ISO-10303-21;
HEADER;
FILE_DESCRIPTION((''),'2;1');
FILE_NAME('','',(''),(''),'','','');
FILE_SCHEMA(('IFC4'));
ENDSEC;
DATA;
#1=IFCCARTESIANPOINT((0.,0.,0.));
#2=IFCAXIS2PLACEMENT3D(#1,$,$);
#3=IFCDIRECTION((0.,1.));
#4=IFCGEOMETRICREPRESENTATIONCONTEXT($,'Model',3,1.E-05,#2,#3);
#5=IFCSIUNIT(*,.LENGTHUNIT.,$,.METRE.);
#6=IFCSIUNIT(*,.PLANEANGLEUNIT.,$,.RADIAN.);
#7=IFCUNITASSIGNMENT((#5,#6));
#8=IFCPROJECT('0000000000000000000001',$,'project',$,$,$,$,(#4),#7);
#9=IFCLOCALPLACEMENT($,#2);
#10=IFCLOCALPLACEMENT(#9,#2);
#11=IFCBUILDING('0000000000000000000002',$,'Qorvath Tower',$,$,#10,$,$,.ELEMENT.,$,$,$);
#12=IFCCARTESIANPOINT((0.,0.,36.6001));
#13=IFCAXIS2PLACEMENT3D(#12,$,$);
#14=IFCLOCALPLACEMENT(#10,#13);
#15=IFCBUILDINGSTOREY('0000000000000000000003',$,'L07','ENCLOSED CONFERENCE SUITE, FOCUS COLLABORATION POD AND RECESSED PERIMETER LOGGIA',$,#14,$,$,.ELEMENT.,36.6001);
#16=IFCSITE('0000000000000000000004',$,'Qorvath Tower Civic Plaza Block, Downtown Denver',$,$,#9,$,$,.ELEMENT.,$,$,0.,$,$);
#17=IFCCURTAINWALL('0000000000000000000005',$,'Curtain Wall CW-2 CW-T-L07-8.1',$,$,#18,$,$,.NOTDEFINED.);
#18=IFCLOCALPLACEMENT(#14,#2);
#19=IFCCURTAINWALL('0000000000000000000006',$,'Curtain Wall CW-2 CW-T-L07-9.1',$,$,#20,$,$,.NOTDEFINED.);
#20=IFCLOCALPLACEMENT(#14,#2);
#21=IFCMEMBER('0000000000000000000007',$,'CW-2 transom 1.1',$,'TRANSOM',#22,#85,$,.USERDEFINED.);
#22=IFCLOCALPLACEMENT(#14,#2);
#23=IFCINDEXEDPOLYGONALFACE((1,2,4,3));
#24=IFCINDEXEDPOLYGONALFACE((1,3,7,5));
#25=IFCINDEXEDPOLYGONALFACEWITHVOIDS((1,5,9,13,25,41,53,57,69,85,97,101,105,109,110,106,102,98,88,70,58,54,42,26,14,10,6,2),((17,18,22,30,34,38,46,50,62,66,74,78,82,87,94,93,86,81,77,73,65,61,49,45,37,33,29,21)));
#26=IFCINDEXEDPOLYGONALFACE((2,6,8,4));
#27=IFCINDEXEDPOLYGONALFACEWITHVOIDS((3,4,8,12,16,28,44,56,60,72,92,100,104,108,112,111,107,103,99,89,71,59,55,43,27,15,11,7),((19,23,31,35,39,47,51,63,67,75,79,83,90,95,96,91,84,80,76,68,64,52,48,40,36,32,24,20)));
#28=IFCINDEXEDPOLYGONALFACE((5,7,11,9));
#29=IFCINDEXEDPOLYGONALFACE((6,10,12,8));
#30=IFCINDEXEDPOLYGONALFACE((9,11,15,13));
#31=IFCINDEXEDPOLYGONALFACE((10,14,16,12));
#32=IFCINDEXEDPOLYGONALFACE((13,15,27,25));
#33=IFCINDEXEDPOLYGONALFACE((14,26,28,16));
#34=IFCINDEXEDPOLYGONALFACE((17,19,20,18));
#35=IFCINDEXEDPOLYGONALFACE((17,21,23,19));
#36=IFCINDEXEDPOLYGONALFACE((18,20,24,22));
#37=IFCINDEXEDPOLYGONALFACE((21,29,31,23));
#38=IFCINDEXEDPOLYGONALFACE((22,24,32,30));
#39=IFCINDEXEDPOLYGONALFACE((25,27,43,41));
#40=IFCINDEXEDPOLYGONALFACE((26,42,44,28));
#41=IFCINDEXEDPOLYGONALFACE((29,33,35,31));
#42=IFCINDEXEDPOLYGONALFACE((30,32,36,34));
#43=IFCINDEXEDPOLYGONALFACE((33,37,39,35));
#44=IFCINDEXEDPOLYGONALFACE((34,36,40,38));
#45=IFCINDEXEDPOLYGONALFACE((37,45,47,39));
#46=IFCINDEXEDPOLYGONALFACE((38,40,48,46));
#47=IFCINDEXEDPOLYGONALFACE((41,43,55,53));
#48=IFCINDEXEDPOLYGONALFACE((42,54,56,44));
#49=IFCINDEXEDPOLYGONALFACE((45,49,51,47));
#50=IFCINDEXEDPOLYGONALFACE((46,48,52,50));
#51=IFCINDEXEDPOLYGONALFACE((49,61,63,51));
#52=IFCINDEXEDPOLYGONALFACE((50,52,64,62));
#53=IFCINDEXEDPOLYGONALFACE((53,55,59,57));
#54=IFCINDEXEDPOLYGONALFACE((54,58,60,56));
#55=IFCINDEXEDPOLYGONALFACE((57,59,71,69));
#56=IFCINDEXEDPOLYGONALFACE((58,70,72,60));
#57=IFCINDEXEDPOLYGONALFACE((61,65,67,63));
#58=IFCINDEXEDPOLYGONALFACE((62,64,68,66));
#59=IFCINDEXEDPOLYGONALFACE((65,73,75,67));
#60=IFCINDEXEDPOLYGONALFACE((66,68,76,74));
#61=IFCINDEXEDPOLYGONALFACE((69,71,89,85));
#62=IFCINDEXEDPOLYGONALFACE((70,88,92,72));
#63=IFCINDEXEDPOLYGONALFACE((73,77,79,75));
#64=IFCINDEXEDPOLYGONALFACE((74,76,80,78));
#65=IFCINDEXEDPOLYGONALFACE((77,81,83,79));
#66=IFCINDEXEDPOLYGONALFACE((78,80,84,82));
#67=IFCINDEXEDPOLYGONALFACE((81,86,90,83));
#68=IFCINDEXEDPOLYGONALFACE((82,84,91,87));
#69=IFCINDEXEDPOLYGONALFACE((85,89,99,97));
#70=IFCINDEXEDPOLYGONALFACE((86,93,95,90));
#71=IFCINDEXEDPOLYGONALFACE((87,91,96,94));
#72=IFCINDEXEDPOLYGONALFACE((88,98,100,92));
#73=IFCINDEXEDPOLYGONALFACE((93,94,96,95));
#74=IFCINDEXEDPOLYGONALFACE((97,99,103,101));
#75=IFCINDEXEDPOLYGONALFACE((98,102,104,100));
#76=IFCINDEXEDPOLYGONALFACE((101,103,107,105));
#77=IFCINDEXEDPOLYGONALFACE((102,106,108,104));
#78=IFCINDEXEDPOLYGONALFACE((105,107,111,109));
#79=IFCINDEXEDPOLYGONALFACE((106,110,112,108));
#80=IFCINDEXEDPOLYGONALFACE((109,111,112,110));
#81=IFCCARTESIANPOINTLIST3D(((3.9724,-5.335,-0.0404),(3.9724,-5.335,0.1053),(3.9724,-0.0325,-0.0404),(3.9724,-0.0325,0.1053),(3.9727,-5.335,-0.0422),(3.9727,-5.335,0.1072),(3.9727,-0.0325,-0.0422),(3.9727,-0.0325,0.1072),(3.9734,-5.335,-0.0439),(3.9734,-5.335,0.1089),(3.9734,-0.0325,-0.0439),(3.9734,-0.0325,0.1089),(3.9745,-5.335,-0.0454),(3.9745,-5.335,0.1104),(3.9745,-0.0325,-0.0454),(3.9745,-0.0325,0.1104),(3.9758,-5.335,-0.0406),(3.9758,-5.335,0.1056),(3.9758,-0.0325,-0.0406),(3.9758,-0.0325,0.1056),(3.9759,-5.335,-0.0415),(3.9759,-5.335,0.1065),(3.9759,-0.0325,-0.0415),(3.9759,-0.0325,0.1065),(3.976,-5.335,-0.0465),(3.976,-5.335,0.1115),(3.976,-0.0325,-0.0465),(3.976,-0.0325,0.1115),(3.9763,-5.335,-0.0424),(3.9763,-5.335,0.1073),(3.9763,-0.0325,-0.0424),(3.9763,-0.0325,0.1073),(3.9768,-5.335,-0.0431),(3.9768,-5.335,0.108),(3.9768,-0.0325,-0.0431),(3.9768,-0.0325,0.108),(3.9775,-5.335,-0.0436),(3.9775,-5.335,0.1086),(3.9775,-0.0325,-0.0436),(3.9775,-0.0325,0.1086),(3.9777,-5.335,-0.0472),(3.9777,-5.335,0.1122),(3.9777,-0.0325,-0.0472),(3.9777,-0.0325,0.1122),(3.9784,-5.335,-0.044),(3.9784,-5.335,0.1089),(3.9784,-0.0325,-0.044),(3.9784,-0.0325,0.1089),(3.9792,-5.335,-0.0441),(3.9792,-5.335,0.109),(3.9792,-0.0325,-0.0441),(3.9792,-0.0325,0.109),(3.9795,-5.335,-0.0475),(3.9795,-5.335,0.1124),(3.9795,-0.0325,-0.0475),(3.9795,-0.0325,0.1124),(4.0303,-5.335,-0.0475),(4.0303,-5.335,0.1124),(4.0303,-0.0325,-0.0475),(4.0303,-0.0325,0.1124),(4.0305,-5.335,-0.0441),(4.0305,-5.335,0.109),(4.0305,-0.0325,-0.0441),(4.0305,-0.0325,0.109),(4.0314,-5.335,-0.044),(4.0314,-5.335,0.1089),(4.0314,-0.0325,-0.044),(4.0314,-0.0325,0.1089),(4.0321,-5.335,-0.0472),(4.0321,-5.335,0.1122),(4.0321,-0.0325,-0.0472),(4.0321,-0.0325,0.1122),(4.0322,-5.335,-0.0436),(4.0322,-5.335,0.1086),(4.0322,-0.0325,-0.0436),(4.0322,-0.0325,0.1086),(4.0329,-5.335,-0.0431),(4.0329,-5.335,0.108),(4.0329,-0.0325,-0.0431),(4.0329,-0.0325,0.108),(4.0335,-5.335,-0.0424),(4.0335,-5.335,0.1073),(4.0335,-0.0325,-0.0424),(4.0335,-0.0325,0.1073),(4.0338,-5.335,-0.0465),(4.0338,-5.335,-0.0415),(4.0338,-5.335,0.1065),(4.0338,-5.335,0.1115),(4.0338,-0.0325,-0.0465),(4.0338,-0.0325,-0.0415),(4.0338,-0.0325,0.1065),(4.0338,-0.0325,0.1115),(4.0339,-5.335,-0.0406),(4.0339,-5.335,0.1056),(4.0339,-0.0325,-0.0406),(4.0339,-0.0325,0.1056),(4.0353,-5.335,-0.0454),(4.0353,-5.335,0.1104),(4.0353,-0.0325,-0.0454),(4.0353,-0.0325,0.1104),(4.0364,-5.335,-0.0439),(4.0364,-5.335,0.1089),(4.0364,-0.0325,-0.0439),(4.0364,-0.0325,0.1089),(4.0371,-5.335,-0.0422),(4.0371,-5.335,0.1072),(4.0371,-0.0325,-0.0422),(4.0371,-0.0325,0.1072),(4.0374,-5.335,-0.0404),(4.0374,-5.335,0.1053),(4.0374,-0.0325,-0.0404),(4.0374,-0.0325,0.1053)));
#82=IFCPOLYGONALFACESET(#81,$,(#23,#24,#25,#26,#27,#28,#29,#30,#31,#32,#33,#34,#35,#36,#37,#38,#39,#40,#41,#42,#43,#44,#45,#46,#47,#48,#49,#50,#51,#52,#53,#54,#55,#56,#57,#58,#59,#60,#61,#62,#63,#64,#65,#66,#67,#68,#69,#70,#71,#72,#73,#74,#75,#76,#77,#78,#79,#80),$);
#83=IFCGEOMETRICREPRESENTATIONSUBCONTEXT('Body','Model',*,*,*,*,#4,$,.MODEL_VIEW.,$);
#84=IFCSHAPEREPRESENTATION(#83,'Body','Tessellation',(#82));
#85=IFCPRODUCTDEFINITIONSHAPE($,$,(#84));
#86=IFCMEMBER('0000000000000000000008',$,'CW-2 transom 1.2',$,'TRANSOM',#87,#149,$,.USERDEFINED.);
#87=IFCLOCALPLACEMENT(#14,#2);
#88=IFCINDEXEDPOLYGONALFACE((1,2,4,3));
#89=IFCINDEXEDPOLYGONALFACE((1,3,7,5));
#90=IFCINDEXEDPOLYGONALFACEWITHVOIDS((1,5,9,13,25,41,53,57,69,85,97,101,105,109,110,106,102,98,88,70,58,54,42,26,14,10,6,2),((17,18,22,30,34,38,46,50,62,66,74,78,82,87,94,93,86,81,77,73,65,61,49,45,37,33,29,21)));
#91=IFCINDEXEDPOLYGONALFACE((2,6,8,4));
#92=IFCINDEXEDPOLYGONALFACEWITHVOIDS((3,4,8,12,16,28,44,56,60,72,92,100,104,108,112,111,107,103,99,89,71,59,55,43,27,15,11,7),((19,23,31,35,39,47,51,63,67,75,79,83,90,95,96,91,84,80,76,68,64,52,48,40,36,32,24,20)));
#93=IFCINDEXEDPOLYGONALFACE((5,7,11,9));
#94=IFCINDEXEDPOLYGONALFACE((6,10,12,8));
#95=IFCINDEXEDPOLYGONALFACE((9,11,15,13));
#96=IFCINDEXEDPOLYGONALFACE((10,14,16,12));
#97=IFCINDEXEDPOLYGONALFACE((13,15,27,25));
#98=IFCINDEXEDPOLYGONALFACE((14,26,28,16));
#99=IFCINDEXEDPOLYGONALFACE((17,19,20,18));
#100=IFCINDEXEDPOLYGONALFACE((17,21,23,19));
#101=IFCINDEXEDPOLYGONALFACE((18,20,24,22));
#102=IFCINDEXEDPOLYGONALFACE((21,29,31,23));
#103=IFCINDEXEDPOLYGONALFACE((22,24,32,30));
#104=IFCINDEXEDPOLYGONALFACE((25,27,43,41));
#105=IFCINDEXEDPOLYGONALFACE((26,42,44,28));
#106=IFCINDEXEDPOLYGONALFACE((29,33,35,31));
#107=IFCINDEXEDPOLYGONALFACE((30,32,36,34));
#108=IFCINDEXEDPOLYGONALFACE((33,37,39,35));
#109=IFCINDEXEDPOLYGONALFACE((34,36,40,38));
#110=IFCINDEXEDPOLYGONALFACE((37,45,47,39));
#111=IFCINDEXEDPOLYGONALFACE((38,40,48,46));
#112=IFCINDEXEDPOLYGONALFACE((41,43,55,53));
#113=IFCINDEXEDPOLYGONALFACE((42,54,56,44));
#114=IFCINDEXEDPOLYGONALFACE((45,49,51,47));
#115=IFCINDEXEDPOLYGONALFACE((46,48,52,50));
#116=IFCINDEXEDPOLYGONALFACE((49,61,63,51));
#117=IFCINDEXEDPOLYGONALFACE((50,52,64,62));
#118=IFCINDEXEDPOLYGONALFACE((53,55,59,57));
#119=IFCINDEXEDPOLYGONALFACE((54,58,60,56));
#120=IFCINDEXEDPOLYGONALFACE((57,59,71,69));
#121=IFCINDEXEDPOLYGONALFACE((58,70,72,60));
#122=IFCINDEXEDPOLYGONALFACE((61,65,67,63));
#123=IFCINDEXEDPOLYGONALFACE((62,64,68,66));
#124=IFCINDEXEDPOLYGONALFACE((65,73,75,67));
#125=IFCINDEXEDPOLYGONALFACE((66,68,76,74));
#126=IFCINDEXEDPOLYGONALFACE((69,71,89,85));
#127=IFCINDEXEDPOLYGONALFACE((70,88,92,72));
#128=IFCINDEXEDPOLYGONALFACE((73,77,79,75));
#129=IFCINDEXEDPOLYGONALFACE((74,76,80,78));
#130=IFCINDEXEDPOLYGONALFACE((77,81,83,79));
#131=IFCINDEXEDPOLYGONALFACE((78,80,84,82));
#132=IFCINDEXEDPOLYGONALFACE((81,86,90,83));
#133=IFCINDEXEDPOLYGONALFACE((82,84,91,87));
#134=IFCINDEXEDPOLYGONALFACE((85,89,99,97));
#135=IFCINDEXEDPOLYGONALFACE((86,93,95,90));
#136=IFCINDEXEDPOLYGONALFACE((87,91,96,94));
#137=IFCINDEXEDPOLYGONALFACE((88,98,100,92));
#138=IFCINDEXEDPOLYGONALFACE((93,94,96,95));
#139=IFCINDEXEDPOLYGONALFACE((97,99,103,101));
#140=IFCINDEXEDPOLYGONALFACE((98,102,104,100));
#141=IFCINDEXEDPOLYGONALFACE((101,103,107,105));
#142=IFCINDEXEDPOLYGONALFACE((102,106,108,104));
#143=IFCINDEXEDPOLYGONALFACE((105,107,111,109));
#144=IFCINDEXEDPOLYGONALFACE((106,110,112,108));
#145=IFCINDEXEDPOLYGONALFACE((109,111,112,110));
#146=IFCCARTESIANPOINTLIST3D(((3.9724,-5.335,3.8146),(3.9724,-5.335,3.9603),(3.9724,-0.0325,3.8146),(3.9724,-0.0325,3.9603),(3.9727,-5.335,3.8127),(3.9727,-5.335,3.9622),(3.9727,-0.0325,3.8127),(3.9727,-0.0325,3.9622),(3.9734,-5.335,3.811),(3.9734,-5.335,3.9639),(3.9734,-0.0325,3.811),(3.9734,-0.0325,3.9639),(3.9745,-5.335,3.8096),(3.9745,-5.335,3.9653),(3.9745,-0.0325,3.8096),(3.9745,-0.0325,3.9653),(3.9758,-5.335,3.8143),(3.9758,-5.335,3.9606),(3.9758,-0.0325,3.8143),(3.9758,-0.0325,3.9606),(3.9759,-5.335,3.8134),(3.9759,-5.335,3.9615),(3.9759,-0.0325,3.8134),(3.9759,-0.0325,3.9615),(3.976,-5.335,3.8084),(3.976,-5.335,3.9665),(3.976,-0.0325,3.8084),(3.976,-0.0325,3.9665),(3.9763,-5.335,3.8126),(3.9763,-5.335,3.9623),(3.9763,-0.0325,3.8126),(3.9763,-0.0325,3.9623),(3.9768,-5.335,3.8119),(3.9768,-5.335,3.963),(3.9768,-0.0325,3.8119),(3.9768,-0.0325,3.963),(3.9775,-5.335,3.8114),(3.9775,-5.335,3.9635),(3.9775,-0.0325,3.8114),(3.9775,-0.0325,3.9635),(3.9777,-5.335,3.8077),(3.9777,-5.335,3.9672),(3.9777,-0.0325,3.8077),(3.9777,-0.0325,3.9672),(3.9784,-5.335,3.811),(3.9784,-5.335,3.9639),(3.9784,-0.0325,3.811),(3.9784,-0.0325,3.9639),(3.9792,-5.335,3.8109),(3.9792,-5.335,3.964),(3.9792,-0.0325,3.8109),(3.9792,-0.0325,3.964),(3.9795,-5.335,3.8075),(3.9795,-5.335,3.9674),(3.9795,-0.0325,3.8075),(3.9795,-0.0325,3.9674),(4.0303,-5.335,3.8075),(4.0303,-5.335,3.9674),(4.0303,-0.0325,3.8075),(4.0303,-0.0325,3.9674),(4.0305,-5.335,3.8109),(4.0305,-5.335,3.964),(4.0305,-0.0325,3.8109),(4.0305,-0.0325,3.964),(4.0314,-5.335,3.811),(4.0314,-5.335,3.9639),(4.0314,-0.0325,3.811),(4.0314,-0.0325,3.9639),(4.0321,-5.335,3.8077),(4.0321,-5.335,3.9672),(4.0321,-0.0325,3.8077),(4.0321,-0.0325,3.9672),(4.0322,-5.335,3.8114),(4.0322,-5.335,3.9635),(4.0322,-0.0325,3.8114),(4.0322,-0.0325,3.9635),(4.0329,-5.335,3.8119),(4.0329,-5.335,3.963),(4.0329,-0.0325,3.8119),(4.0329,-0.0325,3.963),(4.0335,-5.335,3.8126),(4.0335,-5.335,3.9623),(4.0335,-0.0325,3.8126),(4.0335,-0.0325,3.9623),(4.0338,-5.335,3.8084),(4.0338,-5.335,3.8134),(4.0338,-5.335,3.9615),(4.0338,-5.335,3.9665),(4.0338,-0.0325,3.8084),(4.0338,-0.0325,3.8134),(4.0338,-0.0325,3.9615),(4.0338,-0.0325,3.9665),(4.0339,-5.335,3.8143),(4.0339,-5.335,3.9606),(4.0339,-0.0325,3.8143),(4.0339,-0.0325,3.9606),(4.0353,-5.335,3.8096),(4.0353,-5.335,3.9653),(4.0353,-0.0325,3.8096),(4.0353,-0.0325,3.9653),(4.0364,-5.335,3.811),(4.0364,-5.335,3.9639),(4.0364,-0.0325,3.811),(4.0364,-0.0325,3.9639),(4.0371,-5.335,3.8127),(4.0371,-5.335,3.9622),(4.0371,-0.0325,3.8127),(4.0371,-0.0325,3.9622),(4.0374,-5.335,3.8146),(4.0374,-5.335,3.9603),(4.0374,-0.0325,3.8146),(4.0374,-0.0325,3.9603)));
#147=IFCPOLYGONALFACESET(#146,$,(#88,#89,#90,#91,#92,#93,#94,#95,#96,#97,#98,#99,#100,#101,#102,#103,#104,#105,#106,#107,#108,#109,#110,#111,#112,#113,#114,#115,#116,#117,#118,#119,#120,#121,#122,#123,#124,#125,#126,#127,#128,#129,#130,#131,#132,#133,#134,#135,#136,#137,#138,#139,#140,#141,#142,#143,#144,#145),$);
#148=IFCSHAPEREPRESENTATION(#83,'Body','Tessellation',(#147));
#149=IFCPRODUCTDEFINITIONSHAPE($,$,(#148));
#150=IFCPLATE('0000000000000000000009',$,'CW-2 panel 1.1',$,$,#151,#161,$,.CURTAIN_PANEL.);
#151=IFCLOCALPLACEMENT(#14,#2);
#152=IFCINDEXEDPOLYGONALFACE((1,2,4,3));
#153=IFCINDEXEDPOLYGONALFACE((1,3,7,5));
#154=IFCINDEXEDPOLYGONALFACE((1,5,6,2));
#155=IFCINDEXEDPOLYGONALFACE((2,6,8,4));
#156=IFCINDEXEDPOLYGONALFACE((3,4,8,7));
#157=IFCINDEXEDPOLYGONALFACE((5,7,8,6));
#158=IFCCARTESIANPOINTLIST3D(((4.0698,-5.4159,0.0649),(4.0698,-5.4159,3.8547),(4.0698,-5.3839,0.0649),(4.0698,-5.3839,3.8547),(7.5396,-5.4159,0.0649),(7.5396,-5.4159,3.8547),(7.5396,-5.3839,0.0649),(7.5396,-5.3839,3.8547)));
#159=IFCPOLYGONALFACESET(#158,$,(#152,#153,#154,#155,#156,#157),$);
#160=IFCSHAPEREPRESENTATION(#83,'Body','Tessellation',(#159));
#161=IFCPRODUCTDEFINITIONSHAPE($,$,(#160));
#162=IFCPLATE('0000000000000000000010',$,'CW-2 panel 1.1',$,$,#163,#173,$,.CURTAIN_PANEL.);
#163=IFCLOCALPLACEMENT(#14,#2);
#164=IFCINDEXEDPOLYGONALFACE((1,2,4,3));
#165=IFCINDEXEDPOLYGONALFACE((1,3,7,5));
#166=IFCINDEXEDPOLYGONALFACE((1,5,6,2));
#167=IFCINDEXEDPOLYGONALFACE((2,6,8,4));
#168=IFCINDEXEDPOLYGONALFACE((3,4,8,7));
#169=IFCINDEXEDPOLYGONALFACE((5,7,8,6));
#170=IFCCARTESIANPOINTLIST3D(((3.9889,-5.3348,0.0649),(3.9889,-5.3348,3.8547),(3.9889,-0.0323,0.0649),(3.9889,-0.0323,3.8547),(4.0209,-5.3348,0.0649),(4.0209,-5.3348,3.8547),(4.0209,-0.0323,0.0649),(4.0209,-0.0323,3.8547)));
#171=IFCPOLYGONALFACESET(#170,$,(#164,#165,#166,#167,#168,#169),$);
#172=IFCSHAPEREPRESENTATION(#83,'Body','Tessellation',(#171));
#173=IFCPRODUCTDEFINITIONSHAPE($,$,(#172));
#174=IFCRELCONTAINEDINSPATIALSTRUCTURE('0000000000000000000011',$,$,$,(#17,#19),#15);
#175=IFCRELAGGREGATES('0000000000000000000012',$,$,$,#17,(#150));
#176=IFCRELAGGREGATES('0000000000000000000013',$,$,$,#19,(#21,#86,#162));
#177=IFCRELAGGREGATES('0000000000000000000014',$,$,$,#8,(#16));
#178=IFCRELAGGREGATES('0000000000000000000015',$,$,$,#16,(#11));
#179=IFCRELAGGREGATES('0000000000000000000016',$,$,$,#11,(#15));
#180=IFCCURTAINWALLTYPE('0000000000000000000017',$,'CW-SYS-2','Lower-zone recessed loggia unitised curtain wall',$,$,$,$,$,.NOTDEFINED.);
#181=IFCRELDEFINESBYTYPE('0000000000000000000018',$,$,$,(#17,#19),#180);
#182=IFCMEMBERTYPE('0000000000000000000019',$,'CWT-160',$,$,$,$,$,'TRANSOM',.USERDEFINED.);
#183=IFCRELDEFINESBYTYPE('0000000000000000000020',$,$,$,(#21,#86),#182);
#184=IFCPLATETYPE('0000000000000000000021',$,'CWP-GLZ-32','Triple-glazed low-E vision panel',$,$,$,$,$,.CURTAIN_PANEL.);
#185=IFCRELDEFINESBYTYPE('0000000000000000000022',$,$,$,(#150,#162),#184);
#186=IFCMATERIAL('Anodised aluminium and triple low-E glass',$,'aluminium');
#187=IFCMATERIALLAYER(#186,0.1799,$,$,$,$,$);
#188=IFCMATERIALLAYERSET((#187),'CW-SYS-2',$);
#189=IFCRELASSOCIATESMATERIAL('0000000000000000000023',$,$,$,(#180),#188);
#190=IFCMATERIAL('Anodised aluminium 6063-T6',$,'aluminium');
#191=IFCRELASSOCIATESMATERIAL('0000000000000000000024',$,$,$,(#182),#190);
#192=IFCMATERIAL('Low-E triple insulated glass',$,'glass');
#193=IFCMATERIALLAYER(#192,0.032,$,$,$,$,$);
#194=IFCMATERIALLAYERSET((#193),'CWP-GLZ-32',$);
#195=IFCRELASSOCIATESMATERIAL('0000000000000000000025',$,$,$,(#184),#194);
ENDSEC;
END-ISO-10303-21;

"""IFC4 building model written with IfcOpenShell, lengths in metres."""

from ifc_helpers import new_model, si_unit, direction, frame, origin, origin_2d, place, context, subcontext, project, spatial, rectangle, hollow_rectangle, extrude, material, layer, layer_set, material_profile, profile_set, type_object, element, aggregate, save


model = new_model("IFC4")

# Units and contexts
model_context = context("Model", 3, precision=1e-05, world=origin(), true_north=direction((0.0, 1.0)))
body_context = subcontext(model_context, "Body", "Model", "MODEL_VIEW")
ifc_project = project(units=[si_unit("LENGTHUNIT", "METRE"), si_unit("PLANEANGLEUNIT", "RADIAN")], contexts=[model_context])

# Site, building, storey
site_placement = place(None, origin())
site = spatial("IfcSite", under=ifc_project, at=site_placement, Name="Qorvath Tower Civic Plaza Block, Downtown Denver", CompositionType="ELEMENT", RefElevation=0.0)
building_placement = place(site_placement, origin())
building = spatial("IfcBuilding", under=site, at=building_placement, Name="Qorvath Tower", CompositionType="ELEMENT")
storey_placement = place(building_placement, frame((0.0, 0.0, 36.6001)))
storey = spatial("IfcBuildingStorey", under=building, at=storey_placement, Name="L07", Description="ENCLOSED CONFERENCE SUITE, FOCUS COLLABORATION POD AND RECESSED PERIMETER LOGGIA", CompositionType="ELEMENT", Elevation=36.6001)

# Shared definitions
ifc_material_1 = material(Name="Anodised aluminium and triple low-E glass", Category="aluminium")
ifc_layer_1 = layer(ifc_material_1, 0.1799)
ifc_layer_set_1 = layer_set([ifc_layer_1], Name="CW-SYS-2")
curtain_wall_type = type_object("IfcCurtainWallType", Name="CW-SYS-2", Description="Lower-zone recessed loggia unitised curtain wall", PredefinedType="NOTDEFINED", material=ifc_layer_set_1)

# Curtain wall
curtain_wall_1_placement = place(storey_placement, origin())
curtain_wall_1 = element("IfcCurtainWall", 1, at=curtain_wall_1_placement, inside=storey, type_object=curtain_wall_type, Name="Curtain Wall CW-2 CW-T-L07-8.1", PredefinedType="NOTDEFINED")

# Curtain wall
curtain_wall_2_placement = place(storey_placement, origin())
curtain_wall_2 = element("IfcCurtainWall", 2, at=curtain_wall_2_placement, inside=storey, type_object=curtain_wall_type, Name="Curtain Wall CW-2 CW-T-L07-9.1", PredefinedType="NOTDEFINED")

# Members
ifc_material_2 = material(Name="Anodised aluminium 6063-T6", Category="aluminium")
ifc_material_profile_1 = material_profile(ifc_material_2, hollow_rectangle(XDim=0.0649, YDim=0.1599, WallThickness=0.0034, InnerFilletRadius=0.0034, OuterFilletRadius=0.0071, at=origin_2d()), Name="CWT 160x65")
ifc_profile_set_1 = profile_set([ifc_material_profile_1], Name="Anodised aluminium 6063-T6")
member_type_1 = type_object("IfcMemberType", Name="CWT-160", ElementType="TRANSOM", PredefinedType="USERDEFINED", material=ifc_profile_set_1)
member_1_placement = place(storey_placement, frame((4.0049, -5.335, 0.0325), z_axis=(0.0, 1.0, 0.0), x_axis=(-1.0, 0.0, 0.0)))
member_1 = element("IfcMember", 3, at=member_1_placement, type_object=member_type_1, Name="CW-2 transom 1.1", ObjectType="TRANSOM", PredefinedType="USERDEFINED", context=body_context, shape_type="SweptSolid", body=[
    extrude(hollow_rectangle(XDim=0.0649, YDim=0.1599, WallThickness=0.0034, InnerFilletRadius=0.0034, OuterFilletRadius=0.0071, at=origin_2d()), origin(), (0.0, 0.0, 1.0), 5.3025),
])
member_2_placement = place(storey_placement, frame((4.0049, -5.335, 3.8875), z_axis=(0.0, 1.0, 0.0), x_axis=(-1.0, 0.0, 0.0)))
member_2 = element("IfcMember", 4, at=member_2_placement, type_object=member_type_1, Name="CW-2 transom 1.2", ObjectType="TRANSOM", PredefinedType="USERDEFINED", context=body_context, shape_type="SweptSolid", body=[
    extrude(hollow_rectangle(XDim=0.0649, YDim=0.1599, WallThickness=0.0034, InnerFilletRadius=0.0034, OuterFilletRadius=0.0071, at=origin_2d()), origin(), (0.0, 0.0, 1.0), 5.3025),
])

# Plates
ifc_material_3 = material(Name="Low-E triple insulated glass", Category="glass")
ifc_layer_2 = layer(ifc_material_3, 0.032)
ifc_layer_set_2 = layer_set([ifc_layer_2], Name="CWP-GLZ-32")
plate_type = type_object("IfcPlateType", Name="CWP-GLZ-32", Description="Triple-glazed low-E vision panel", PredefinedType="CURTAIN_PANEL", material=ifc_layer_set_2)
plate_1_placement = place(storey_placement, frame((5.8047, -5.3999, 0.0649), z_axis=(0.0, 0.0, 1.0), x_axis=(-1.0, 0.0, 0.0)))
plate_1 = element("IfcPlate", 5, at=plate_1_placement, type_object=plate_type, Name="CW-2 panel 1.1", PredefinedType="CURTAIN_PANEL", context=body_context, shape_type="SweptSolid", body=[
    extrude(rectangle(XDim=3.4697, YDim=0.032, at=origin_2d()), origin(), (0.0, 0.0, 1.0), 3.7898),
])
aggregate(curtain_wall_1, [plate_1])
plate_2_placement = place(storey_placement, frame((4.0049, -2.6836, 0.0649), z_axis=(0.0, 0.0, 1.0), x_axis=(0.0, 1.0, 0.0)))
plate_2 = element("IfcPlate", 6, at=plate_2_placement, type_object=plate_type, Name="CW-2 panel 1.1", PredefinedType="CURTAIN_PANEL", context=body_context, shape_type="SweptSolid", body=[
    extrude(rectangle(XDim=5.3025, YDim=0.032, at=origin_2d()), origin(), (0.0, 0.0, 1.0), 3.7898),
])
aggregate(curtain_wall_2, [member_1, member_2, plate_2])

save(model, "model.ifc")
